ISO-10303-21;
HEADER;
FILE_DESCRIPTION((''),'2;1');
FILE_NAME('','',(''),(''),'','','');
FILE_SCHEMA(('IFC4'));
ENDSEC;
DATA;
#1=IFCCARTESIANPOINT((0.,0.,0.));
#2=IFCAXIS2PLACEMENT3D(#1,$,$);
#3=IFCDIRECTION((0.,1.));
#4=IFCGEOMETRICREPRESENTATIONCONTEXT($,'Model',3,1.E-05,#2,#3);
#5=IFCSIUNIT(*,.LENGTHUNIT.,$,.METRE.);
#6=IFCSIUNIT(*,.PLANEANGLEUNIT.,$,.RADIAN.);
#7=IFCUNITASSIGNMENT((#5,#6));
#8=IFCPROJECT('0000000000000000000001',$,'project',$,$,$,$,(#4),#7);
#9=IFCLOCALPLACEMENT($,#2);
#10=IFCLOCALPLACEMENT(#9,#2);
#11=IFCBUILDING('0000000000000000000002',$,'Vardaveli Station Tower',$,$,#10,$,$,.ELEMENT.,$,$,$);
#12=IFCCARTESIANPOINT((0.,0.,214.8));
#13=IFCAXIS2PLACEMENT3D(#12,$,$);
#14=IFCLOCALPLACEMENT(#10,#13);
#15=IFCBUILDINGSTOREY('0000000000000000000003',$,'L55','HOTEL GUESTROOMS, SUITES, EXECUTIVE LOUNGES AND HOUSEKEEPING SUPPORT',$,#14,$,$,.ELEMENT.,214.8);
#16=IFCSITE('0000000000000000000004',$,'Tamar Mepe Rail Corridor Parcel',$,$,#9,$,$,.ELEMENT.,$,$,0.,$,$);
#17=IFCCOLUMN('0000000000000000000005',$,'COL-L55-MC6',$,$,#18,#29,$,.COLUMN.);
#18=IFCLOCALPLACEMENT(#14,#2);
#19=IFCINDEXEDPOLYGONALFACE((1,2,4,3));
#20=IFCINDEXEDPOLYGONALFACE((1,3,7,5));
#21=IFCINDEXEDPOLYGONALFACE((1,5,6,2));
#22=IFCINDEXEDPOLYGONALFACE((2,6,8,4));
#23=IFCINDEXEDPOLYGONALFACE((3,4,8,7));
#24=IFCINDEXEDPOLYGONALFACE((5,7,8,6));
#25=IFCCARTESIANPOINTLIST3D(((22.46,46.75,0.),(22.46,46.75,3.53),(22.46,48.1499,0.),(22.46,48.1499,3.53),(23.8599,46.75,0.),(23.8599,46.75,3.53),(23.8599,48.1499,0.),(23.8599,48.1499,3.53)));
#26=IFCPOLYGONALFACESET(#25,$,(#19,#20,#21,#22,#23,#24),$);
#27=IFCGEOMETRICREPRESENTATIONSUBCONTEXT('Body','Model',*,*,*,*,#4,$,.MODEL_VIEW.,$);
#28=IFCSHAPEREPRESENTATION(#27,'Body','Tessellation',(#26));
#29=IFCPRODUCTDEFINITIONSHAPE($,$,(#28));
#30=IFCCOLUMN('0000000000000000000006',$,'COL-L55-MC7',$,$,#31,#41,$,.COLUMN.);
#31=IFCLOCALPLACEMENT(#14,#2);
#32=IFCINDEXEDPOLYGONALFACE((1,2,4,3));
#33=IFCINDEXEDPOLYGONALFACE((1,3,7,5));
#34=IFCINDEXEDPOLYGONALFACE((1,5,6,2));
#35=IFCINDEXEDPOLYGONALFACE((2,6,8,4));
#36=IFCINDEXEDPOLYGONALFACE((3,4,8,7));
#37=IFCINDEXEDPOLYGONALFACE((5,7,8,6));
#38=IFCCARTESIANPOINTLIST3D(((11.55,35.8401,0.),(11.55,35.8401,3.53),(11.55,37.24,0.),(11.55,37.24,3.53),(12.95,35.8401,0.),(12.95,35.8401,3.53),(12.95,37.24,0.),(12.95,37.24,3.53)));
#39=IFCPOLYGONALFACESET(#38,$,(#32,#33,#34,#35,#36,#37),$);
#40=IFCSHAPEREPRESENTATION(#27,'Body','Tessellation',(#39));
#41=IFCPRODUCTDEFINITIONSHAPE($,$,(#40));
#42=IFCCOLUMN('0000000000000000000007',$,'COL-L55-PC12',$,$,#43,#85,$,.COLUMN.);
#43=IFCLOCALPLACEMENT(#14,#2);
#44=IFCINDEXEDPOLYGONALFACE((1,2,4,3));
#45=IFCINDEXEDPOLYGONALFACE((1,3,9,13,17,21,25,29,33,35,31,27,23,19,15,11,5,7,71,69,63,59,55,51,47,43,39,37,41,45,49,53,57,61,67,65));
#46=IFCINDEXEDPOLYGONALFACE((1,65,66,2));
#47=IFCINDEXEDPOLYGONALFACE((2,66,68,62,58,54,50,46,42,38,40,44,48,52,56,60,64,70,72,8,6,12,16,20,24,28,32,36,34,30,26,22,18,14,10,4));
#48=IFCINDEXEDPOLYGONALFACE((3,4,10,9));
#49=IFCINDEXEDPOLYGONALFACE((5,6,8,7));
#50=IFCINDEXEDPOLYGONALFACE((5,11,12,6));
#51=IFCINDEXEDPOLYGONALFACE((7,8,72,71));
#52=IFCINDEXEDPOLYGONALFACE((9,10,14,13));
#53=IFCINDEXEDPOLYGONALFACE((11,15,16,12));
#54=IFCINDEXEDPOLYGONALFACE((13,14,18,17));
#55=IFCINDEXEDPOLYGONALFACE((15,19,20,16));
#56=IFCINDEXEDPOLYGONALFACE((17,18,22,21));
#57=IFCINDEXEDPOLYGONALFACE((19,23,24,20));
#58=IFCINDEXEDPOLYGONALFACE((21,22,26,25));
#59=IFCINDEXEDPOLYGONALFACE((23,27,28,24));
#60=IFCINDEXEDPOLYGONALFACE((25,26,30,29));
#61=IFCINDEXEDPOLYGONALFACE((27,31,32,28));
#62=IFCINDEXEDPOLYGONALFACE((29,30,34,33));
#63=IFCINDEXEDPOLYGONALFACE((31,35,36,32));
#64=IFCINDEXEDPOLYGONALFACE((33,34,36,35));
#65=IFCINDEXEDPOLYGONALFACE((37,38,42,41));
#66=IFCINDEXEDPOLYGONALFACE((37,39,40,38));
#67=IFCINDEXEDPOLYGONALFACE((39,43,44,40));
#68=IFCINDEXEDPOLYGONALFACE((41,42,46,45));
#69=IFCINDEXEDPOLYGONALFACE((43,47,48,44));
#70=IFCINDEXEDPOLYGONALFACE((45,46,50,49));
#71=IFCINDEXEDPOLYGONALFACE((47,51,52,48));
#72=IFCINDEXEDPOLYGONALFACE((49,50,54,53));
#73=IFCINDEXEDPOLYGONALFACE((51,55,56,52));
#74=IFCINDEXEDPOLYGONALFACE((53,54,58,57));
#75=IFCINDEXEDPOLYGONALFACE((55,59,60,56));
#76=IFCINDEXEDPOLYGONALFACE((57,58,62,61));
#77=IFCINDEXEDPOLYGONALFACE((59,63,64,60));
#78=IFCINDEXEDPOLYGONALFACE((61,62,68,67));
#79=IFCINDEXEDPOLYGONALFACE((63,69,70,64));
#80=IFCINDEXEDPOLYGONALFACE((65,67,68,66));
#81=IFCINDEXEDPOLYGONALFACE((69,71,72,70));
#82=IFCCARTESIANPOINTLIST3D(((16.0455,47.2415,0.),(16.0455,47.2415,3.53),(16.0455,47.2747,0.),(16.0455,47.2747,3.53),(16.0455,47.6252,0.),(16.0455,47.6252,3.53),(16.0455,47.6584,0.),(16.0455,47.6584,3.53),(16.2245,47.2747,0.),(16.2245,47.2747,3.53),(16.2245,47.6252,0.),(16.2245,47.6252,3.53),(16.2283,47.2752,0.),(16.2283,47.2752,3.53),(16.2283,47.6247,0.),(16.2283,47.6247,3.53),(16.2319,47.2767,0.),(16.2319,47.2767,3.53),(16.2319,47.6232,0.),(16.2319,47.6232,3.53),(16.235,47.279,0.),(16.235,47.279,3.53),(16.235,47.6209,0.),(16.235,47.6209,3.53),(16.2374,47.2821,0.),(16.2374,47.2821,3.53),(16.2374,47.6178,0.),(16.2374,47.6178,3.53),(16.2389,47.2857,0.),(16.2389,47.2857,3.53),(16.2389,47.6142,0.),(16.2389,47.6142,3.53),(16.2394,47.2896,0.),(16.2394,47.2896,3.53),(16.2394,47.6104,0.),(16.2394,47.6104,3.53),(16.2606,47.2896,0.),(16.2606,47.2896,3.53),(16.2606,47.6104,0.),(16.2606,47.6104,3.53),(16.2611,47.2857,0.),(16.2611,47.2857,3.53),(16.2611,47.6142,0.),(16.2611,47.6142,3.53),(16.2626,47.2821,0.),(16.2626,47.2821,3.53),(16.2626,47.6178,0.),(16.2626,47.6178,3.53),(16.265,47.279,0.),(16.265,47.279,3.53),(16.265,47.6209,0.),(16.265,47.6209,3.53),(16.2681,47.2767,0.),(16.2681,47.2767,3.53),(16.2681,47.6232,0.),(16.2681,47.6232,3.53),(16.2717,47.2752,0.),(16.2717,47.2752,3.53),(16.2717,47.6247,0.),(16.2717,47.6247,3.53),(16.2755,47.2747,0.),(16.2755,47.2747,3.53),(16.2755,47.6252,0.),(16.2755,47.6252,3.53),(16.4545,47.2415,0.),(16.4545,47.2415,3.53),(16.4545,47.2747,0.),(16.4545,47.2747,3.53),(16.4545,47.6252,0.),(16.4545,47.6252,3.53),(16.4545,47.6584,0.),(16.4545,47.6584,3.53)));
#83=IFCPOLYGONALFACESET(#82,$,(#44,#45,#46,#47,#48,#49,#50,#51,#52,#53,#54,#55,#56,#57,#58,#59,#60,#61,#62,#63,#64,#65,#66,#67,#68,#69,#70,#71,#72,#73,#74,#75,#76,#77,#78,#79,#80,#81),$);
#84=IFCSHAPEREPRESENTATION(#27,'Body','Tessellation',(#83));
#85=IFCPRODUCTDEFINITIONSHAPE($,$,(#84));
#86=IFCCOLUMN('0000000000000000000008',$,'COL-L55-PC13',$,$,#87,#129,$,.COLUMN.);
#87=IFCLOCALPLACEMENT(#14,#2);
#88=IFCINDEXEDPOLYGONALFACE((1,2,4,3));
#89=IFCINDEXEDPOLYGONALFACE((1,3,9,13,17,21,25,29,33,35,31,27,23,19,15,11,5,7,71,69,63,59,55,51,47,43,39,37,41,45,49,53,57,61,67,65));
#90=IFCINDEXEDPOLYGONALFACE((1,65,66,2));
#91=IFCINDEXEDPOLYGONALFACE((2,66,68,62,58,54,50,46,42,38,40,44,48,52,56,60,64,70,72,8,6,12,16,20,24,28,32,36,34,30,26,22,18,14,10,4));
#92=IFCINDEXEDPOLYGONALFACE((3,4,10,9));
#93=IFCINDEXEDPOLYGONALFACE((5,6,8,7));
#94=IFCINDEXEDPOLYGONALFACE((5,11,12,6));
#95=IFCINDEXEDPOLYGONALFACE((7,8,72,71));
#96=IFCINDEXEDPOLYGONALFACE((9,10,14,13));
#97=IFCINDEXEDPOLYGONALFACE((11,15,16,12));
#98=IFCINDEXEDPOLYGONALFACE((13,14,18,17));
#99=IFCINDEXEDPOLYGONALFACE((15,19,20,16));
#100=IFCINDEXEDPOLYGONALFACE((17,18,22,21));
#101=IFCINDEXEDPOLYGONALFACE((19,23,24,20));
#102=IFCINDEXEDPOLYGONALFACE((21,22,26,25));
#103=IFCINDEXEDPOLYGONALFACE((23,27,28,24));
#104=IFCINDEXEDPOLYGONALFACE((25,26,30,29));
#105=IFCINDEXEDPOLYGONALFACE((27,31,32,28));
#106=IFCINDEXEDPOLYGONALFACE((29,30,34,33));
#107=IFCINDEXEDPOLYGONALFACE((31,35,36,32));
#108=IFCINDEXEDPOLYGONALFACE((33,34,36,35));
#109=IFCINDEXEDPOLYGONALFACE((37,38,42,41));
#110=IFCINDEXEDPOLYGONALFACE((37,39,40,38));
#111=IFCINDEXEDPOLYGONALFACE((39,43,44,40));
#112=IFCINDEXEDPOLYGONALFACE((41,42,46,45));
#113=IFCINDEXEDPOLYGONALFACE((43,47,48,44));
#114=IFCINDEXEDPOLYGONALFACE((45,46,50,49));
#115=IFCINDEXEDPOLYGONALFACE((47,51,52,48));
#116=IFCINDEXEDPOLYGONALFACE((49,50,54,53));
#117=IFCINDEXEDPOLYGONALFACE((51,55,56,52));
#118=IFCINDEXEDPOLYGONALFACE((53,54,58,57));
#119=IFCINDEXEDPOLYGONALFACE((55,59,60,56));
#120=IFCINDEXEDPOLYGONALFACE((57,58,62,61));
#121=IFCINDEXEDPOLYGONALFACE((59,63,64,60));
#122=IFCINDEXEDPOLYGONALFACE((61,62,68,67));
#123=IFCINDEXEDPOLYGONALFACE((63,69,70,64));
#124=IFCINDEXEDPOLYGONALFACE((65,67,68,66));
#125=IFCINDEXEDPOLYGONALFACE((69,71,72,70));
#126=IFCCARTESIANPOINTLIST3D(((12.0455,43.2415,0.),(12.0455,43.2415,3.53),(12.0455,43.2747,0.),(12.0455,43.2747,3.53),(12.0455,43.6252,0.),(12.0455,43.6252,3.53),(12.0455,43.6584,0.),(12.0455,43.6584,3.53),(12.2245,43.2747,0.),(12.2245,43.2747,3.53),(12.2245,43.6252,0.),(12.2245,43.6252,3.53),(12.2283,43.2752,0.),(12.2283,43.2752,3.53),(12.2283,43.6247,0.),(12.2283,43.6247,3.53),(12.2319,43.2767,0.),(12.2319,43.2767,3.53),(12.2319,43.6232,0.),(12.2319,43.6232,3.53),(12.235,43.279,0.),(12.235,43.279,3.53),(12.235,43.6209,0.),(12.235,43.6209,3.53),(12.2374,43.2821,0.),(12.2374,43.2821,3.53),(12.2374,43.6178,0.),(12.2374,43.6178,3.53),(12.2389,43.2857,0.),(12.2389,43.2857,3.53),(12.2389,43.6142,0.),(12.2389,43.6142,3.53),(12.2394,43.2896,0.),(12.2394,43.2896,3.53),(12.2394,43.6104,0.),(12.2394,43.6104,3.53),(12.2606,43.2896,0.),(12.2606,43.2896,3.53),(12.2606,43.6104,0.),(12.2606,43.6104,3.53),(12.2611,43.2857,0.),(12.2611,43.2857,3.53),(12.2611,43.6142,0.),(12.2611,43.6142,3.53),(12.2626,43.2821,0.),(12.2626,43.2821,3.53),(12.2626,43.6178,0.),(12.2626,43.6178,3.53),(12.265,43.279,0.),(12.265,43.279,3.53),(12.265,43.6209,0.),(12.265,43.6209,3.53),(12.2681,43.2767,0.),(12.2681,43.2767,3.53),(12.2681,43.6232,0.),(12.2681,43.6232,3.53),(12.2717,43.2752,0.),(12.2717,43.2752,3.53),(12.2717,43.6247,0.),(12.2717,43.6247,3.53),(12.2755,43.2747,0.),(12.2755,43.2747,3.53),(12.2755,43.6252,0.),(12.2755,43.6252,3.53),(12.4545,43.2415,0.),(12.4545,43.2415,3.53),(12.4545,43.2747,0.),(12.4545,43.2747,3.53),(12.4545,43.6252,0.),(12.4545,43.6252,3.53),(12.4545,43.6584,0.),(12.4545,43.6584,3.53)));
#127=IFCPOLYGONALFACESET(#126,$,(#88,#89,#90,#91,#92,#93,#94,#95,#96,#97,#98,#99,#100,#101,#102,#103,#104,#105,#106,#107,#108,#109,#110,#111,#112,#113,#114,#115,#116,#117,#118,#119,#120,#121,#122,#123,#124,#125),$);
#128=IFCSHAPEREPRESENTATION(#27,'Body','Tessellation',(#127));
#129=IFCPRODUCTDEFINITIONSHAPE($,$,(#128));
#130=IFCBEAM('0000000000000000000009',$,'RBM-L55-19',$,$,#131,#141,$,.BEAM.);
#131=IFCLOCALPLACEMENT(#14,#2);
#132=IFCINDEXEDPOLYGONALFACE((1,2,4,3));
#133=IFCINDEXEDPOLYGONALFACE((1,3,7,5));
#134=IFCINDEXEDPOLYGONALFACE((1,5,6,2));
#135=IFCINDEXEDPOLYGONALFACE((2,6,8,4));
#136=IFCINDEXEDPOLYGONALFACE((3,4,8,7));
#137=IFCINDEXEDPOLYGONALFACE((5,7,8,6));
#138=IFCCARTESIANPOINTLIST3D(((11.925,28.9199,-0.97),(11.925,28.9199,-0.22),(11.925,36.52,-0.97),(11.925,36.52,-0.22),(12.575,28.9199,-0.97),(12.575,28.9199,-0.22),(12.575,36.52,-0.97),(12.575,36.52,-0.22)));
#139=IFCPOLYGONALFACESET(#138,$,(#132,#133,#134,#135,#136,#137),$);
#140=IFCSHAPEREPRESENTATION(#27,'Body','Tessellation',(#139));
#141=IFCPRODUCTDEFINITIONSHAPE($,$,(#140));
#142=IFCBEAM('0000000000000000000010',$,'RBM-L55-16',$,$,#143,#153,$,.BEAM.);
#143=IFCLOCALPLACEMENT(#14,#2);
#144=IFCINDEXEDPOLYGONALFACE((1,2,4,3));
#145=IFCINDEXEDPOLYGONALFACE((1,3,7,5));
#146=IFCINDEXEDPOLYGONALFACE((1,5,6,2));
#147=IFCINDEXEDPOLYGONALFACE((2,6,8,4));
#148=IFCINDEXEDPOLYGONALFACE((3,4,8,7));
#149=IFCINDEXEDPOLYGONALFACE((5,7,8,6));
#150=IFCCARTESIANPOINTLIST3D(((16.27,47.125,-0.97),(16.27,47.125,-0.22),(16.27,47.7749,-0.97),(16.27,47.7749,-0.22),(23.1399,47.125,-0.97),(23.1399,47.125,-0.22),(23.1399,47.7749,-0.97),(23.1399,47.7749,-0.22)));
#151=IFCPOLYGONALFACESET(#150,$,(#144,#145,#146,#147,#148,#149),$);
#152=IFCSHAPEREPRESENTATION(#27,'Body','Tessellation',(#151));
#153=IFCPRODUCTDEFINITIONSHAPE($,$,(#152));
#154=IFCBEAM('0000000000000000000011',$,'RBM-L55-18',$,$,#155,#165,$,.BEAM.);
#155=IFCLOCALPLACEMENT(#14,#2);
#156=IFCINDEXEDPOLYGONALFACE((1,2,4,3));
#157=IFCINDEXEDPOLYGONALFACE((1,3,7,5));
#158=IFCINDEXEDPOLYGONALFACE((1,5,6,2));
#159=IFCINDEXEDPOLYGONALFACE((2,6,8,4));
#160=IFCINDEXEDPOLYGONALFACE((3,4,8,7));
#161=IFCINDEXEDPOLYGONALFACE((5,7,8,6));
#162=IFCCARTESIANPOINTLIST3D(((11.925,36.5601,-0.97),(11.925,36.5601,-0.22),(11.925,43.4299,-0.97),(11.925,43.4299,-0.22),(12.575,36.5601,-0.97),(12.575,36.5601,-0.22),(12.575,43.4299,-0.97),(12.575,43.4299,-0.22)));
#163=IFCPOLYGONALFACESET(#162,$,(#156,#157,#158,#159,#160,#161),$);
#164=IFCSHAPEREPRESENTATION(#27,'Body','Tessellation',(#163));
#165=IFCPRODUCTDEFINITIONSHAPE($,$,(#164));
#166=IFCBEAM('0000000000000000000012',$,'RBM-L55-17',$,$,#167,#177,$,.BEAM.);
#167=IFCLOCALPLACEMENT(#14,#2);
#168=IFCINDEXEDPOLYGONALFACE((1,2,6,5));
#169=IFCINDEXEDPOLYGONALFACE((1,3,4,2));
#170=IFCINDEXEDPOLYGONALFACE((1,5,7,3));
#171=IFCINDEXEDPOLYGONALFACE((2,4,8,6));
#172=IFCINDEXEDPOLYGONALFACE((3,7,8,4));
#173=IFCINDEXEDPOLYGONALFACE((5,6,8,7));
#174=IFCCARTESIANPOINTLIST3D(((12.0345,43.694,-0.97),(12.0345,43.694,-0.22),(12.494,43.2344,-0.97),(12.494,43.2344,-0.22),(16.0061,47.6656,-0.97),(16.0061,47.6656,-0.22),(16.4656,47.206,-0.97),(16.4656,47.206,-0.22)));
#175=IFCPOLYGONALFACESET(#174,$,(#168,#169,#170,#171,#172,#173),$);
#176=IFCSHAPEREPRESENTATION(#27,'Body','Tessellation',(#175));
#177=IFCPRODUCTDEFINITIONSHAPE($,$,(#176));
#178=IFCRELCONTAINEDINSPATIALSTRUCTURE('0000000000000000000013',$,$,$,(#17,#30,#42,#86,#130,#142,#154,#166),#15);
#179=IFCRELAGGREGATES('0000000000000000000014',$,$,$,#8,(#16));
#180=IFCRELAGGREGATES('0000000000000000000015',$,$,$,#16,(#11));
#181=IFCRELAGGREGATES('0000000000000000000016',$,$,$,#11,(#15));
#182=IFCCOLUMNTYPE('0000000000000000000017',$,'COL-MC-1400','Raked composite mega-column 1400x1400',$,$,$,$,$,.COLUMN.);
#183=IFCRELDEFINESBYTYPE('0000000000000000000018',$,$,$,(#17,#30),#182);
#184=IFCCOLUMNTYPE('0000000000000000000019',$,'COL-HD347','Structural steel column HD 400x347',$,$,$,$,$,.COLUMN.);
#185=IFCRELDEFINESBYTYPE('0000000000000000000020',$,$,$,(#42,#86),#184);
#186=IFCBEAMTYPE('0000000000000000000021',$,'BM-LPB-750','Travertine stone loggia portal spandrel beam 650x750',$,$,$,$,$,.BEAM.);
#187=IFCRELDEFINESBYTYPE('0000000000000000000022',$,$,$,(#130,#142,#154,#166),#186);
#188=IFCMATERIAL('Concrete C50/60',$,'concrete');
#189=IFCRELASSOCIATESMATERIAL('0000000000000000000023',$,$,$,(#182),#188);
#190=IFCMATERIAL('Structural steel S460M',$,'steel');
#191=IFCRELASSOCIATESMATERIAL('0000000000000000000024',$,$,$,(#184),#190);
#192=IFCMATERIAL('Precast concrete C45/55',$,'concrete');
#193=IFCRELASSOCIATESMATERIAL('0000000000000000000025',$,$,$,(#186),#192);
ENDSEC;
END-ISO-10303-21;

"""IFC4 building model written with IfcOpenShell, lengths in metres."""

from ifc_helpers import new_model, si_unit, direction, frame, origin, origin_2d, place, context, subcontext, project, spatial, rectangle, i_section, extrude, source, transform, mapped, material, material_profile, profile_set, type_object, element, save


model = new_model("IFC4")

# Units and contexts
model_context = context("Model", 3, precision=1e-05, world=origin(), true_north=direction((0.0, 1.0)))
body_context = subcontext(model_context, "Body", "Model", "MODEL_VIEW")
ifc_project = project(units=[si_unit("LENGTHUNIT", "METRE"), si_unit("PLANEANGLEUNIT", "RADIAN")], contexts=[model_context])

# Site, building, storey
site_placement = place(None, origin())
site = spatial("IfcSite", under=ifc_project, at=site_placement, Name="Tamar Mepe Rail Corridor Parcel", CompositionType="ELEMENT", RefElevation=0.0)
building_placement = place(site_placement, origin())
building = spatial("IfcBuilding", under=site, at=building_placement, Name="Vardaveli Station Tower", CompositionType="ELEMENT")
storey_placement = place(building_placement, frame((0.0, 0.0, 214.8)))
storey = spatial("IfcBuildingStorey", under=building, at=storey_placement, Name="L55", Description="HOTEL GUESTROOMS, SUITES, EXECUTIVE LOUNGES AND HOUSEKEEPING SUPPORT", CompositionType="ELEMENT", Elevation=214.8)

# Columns
ifc_material_1 = material(Name="Concrete C50/60", Category="concrete")
ifc_material_profile_1 = material_profile(ifc_material_1, rectangle(XDim=1.3999, YDim=1.3999, at=origin_2d()), Name="MC 1400x1400")
ifc_profile_set_1 = profile_set([ifc_material_profile_1], Name="Concrete C50/60")
column_type_1 = type_object("IfcColumnType", Name="COL-MC-1400", Description="Raked composite mega-column 1400x1400", PredefinedType="COLUMN", material=ifc_profile_set_1)
shared_shape_1 = source(origin(), body_context, "Body", "SweptSolid", [
    extrude(rectangle(XDim=1.3999, YDim=1.3999, at=origin_2d()), origin(), (0.0, 0.0, 1.0), 3.53),
])
for number, where, z_axis, x_axis, name in (
    (1, (23.1599, 47.45, 0.0), (0.0, 0.0, 1.0), (1.0, 0.0, 0.0), "COL-L55-MC6"),
    (2, (12.25, 36.54, 0.0), (0.0, 0.0, 1.0), (1.0, 0.0, 0.0), "COL-L55-MC7"),
):
    element("IfcColumn", number, at=place(storey_placement, frame(where, z_axis=z_axis, x_axis=x_axis)), inside=storey, type_object=column_type_1, Name=name, PredefinedType="COLUMN", context=body_context, shape_type="MappedRepresentation", body=[
        mapped(shared_shape_1, transform((0.0, 0.0, 0.0), scale=1.0)),
    ])
ifc_material_2 = material(Name="Structural steel S460M", Category="steel")
ifc_material_profile_2 = material_profile(ifc_material_2, i_section(OverallWidth=0.4089, OverallDepth=0.417, WebThickness=0.0212, FlangeThickness=0.0332, FilletRadius=0.0149, at=origin_2d()), Name="HD 400x347")
ifc_profile_set_2 = profile_set([ifc_material_profile_2], Name="Structural steel S460M")
column_type_2 = type_object("IfcColumnType", Name="COL-HD347", Description="Structural steel column HD 400x347", PredefinedType="COLUMN", material=ifc_profile_set_2)
shared_shape_2 = source(origin(), body_context, "Body", "SweptSolid", [
    extrude(i_section(OverallWidth=0.4089, OverallDepth=0.417, WebThickness=0.0212, FlangeThickness=0.0332, FilletRadius=0.0149, at=origin_2d()), origin(), (0.0, 0.0, 1.0), 3.53),
])
for number, where, z_axis, x_axis, name in (
    (3, (16.25, 47.45, 0.0), (0.0, 0.0, 1.0), (1.0, 0.0, 0.0), "COL-L55-PC12"),
    (4, (12.25, 43.45, 0.0), (0.0, 0.0, 1.0), (1.0, 0.0, 0.0), "COL-L55-PC13"),
):
    element("IfcColumn", number, at=place(storey_placement, frame(where, z_axis=z_axis, x_axis=x_axis)), inside=storey, type_object=column_type_2, Name=name, PredefinedType="COLUMN", context=body_context, shape_type="MappedRepresentation", body=[
        mapped(shared_shape_2, transform((0.0, 0.0, 0.0), scale=1.0)),
    ])

# Beams
ifc_material_3 = material(Name="Precast concrete C45/55", Category="concrete")
ifc_material_profile_3 = material_profile(ifc_material_3, rectangle(XDim=0.6499, YDim=0.75, at=origin_2d()), Name="LPB 650x750")
ifc_profile_set_3 = profile_set([ifc_material_profile_3], Name="Precast concrete C45/55")
beam_type_1 = type_object("IfcBeamType", Name="BM-LPB-750", Description="Travertine stone loggia portal spandrel beam 650x750", PredefinedType="BEAM", material=ifc_profile_set_3)
shared_shape_3 = source(origin(), body_context, "Body", "SweptSolid", [
    extrude(rectangle(XDim=0.6499, YDim=0.75, at=origin_2d()), origin(), (0.0, 0.0, 1.0), 7.6001),
])
beam_1_placement = place(storey_placement, frame((12.25, 36.52, -0.595), z_axis=(0.0, -1.0, 0.0), x_axis=(1.0, 0.0, 0.0)))
element("IfcBeam", 5, at=beam_1_placement, inside=storey, type_object=beam_type_1, Name="RBM-L55-19", PredefinedType="BEAM", context=body_context, shape_type="MappedRepresentation", body=[
    mapped(shared_shape_3, transform((0.0, 0.0, 0.0), scale=1.0)),
])
shared_shape_4 = source(origin(), body_context, "Body", "SweptSolid", [
    extrude(rectangle(XDim=0.6499, YDim=0.75, at=origin_2d()), origin(), (0.0, 0.0, 1.0), 6.8699),
])
for number, where, z_axis, x_axis, name in (
    (6, (23.1399, 47.45, -0.595), (-1.0, 0.0, 0.0), (0.0, -1.0, 0.0), "RBM-L55-16"),
    (7, (12.25, 43.4299, -0.595), (0.0, -1.0, 0.0), (1.0, 0.0, 0.0), "RBM-L55-18"),
):
    element("IfcBeam", number, at=place(storey_placement, frame(where, z_axis=z_axis, x_axis=x_axis)), inside=storey, type_object=beam_type_1, Name=name, PredefinedType="BEAM", context=body_context, shape_type="MappedRepresentation", body=[
        mapped(shared_shape_4, transform((0.0, 0.0, 0.0), scale=1.0)),
    ])
shared_shape_5 = source(origin(), body_context, "Body", "SweptSolid", [
    extrude(rectangle(XDim=0.6499, YDim=0.75, at=origin_2d()), origin(), (0.0, 0.0, 1.0), 5.6167),
])
beam_2_placement = place(storey_placement, frame((16.2358, 47.4358, -0.595), z_axis=(-0.707107, -0.707107, 0.0), x_axis=(0.707107, -0.707107, 0.0)))
element("IfcBeam", 8, at=beam_2_placement, inside=storey, type_object=beam_type_1, Name="RBM-L55-17", PredefinedType="BEAM", context=body_context, shape_type="MappedRepresentation", body=[
    mapped(shared_shape_5, transform((0.0, 0.0, 0.0), scale=1.0)),
])

save(model, "model.ifc")
